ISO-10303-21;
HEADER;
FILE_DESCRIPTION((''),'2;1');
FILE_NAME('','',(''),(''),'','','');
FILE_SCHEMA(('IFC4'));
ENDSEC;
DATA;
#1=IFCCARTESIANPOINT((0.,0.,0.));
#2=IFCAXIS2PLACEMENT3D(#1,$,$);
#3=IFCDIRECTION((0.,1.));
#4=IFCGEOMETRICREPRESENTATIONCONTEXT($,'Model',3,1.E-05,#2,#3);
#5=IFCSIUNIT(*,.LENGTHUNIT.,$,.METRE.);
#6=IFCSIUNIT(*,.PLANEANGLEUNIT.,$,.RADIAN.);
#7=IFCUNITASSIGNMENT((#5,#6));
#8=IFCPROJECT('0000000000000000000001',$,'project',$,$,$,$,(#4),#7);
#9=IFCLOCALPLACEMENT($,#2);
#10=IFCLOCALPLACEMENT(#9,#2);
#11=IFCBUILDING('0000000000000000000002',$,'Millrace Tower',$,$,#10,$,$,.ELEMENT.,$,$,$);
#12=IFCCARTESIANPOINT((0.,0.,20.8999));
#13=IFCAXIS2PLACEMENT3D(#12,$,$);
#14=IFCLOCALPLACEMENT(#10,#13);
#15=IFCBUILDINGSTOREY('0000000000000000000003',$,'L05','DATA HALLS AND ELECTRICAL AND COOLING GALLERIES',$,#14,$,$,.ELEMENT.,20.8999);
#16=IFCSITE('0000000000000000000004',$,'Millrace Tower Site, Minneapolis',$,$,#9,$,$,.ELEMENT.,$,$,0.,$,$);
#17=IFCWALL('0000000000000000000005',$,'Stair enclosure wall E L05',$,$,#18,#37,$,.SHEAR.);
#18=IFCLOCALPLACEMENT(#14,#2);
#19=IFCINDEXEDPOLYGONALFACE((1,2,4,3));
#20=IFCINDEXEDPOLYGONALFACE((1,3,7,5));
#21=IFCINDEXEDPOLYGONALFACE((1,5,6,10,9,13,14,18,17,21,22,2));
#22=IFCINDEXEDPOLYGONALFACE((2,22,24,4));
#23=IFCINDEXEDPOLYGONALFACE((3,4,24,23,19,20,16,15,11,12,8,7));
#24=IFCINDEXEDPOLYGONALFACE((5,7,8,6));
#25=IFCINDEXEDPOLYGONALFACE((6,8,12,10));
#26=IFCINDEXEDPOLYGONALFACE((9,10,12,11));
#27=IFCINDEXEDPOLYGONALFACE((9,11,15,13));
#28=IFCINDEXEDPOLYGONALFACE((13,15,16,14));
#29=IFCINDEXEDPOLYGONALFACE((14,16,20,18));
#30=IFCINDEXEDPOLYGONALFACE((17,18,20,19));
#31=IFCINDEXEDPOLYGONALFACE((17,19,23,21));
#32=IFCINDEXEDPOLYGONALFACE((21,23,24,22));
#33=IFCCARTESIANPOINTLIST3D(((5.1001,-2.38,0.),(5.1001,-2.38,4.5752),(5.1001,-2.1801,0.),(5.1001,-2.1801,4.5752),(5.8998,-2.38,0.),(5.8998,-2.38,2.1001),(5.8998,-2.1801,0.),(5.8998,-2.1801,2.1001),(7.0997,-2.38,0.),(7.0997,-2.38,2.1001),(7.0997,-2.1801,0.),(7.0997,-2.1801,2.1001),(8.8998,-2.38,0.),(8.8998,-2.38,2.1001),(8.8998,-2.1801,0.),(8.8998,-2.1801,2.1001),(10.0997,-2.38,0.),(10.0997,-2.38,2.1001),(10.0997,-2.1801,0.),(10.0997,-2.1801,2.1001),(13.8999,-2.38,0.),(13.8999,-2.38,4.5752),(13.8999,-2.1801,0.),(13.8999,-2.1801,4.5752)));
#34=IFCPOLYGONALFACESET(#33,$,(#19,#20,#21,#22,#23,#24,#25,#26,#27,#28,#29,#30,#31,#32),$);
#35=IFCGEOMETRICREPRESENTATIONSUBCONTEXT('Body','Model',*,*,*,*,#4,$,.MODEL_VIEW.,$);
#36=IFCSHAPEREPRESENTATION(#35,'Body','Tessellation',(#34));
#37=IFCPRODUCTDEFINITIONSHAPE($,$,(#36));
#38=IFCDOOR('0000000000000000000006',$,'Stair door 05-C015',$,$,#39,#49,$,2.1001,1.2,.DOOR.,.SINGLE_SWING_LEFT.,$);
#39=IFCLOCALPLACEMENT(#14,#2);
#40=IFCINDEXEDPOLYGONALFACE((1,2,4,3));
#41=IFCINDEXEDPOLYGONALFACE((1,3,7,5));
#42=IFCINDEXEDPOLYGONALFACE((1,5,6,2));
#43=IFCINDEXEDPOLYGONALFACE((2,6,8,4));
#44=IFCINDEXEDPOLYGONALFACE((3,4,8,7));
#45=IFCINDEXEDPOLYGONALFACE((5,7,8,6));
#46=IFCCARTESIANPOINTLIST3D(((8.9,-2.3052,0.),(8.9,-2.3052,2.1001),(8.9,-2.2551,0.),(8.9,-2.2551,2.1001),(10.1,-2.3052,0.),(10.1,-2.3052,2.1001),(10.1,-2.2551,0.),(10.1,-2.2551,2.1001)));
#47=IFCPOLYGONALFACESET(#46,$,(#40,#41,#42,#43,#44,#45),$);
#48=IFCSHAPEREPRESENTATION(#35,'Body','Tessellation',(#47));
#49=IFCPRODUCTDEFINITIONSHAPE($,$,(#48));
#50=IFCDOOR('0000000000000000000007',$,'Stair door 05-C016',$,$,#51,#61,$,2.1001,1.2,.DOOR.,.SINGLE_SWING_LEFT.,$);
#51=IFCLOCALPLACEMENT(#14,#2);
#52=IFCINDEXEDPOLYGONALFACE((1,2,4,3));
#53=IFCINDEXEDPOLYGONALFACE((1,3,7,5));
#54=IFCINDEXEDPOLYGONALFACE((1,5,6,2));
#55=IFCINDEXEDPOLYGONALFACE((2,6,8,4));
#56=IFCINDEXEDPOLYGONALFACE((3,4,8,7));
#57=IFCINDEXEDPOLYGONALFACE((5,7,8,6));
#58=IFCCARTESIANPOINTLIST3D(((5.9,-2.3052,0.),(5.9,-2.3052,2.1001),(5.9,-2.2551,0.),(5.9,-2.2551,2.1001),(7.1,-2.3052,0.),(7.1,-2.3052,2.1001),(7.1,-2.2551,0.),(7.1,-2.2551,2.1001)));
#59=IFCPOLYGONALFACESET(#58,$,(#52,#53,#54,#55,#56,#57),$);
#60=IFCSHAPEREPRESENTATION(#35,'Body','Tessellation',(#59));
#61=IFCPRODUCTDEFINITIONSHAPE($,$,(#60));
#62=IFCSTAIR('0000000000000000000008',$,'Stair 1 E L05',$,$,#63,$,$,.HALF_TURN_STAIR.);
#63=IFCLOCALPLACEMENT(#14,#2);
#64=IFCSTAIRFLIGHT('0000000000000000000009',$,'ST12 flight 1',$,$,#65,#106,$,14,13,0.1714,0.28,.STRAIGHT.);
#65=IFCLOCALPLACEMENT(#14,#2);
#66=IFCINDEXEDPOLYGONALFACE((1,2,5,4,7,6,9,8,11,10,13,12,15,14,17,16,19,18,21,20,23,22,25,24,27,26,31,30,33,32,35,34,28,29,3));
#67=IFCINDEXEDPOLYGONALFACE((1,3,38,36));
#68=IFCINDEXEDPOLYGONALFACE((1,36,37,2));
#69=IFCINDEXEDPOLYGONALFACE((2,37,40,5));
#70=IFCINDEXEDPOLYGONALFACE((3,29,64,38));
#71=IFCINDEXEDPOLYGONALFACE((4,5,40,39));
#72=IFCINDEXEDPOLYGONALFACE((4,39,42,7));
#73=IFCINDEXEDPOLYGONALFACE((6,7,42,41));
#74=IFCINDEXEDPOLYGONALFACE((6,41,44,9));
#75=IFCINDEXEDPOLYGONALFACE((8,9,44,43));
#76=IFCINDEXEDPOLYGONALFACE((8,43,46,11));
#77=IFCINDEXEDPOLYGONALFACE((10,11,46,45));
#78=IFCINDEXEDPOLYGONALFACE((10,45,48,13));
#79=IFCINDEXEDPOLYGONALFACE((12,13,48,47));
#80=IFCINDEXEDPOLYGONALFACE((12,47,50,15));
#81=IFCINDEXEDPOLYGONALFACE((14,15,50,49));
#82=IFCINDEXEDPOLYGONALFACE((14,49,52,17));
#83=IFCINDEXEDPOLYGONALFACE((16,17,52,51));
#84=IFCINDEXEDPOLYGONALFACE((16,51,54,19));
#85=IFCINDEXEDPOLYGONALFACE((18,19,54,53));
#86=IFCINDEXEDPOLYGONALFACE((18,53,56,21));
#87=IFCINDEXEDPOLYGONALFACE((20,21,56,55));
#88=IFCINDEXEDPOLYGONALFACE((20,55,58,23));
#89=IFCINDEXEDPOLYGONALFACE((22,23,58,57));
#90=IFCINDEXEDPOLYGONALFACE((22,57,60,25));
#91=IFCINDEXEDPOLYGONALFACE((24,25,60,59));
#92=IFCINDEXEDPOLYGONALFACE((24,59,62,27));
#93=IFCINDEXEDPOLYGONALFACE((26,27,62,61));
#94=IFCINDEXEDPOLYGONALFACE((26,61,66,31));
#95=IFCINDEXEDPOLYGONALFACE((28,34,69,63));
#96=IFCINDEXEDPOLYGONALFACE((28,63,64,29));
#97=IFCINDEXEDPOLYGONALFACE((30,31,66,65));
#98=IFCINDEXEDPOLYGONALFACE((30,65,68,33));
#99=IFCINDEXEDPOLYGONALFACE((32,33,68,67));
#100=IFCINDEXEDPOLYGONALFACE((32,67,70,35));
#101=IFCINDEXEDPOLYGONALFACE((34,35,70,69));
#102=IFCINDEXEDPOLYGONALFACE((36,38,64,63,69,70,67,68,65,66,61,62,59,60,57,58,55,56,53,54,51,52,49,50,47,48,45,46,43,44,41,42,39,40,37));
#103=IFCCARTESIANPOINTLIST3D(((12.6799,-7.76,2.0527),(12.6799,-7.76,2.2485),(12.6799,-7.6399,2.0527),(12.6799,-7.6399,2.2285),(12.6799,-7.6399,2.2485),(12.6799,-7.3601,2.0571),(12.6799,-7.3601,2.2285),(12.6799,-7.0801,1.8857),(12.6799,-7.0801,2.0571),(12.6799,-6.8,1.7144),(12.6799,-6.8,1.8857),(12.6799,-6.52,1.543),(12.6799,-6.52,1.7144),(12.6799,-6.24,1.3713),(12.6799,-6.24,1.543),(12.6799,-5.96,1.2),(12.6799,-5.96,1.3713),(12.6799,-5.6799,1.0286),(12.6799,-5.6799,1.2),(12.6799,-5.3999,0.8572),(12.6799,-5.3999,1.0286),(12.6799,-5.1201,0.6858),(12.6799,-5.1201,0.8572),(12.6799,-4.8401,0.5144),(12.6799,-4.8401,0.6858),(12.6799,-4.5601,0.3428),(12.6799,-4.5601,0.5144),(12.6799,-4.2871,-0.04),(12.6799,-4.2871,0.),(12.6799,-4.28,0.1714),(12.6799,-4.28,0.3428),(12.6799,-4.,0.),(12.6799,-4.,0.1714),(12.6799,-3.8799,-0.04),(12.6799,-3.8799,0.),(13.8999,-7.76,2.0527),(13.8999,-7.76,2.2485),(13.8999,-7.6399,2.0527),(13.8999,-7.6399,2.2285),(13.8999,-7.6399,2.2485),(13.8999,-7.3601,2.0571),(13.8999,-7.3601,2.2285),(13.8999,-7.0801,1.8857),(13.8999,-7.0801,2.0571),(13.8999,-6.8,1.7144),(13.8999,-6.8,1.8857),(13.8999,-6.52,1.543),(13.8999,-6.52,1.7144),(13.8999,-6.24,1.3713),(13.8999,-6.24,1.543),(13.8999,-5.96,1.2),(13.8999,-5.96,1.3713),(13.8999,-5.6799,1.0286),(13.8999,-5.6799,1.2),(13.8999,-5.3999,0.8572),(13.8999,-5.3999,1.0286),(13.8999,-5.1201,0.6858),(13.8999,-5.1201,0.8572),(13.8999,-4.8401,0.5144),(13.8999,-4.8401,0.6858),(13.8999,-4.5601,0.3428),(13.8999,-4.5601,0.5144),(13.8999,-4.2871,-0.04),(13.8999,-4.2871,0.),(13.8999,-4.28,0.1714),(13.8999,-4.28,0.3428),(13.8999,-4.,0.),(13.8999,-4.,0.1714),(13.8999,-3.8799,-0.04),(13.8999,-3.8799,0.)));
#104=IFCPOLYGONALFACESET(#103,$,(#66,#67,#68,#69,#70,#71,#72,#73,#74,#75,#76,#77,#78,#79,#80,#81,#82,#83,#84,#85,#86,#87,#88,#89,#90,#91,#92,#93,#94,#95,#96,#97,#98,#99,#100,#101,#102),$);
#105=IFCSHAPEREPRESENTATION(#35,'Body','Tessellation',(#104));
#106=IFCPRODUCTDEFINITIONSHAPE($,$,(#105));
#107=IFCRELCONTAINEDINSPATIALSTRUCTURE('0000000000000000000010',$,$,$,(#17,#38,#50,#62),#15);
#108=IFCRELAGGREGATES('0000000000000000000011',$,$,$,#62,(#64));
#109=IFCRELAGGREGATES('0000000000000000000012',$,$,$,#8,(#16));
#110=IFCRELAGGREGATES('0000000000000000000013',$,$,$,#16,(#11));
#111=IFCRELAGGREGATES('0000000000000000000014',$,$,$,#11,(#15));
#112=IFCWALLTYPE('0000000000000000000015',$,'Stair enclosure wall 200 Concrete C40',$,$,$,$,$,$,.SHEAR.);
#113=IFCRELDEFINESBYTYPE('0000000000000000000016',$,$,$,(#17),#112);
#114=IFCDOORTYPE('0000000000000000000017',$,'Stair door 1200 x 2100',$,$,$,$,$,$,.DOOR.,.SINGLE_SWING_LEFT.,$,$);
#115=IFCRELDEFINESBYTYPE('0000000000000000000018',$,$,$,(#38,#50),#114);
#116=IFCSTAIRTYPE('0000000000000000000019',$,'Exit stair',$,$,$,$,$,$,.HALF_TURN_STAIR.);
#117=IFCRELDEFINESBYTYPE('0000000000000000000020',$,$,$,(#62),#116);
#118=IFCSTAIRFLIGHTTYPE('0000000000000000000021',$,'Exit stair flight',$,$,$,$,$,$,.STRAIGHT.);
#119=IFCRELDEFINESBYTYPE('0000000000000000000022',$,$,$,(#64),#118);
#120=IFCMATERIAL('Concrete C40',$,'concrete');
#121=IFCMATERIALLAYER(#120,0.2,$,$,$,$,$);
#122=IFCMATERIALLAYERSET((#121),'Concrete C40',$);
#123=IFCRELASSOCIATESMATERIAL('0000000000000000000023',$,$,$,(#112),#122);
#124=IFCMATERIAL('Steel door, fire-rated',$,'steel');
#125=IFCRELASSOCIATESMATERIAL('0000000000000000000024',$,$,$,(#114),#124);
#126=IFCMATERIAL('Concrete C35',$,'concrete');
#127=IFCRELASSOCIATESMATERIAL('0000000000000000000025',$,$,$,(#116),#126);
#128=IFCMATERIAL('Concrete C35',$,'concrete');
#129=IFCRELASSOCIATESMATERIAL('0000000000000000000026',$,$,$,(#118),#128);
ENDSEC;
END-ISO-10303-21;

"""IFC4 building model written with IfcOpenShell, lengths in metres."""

from ifc_helpers import new_model, si_unit, direction, frame, frame_2d, origin, place, context, subcontext, project, spatial, polyline, rectangle, outline, extrude, material, layer, layer_set, type_object, element, fill, aggregate, save


model = new_model("IFC4")

# Units and contexts
model_context = context("Model", 3, precision=1e-05, world=origin(), true_north=direction((0.0, 1.0)))
body_context = subcontext(model_context, "Body", "Model", "MODEL_VIEW")
ifc_project = project(units=[si_unit("LENGTHUNIT", "METRE"), si_unit("PLANEANGLEUNIT", "RADIAN")], contexts=[model_context])

# Site, building, storey
site_placement = place(None, origin())
site = spatial("IfcSite", under=ifc_project, at=site_placement, Name="Millrace Tower Site, Minneapolis", CompositionType="ELEMENT", RefElevation=0.0)
building_placement = place(site_placement, origin())
building = spatial("IfcBuilding", under=site, at=building_placement, Name="Millrace Tower", CompositionType="ELEMENT")
storey_placement = place(building_placement, frame((0.0, 0.0, 20.8999)))
storey = spatial("IfcBuildingStorey", under=building, at=storey_placement, Name="L05", Description="DATA HALLS AND ELECTRICAL AND COOLING GALLERIES", CompositionType="ELEMENT", Elevation=20.8999)

# Shared definitions
placement = place(storey_placement, origin())

# Shared definitions
ifc_material_1 = material(Name="Concrete C40", Category="concrete")
ifc_layer_1 = layer(ifc_material_1, 0.2)
ifc_layer_set_1 = layer_set([ifc_layer_1], Name="Concrete C40")
wall_type_1 = type_object("IfcWallType", Name="Stair enclosure wall 200 Concrete C40", PredefinedType="SHEAR", material=ifc_layer_set_1)

# Wall, openings, doors
wall_1_placement = place(storey_placement, frame((13.8999, -2.28, 0.0), z_axis=(0.0, 0.0, 1.0), x_axis=(-1.0, 0.0, 0.0)))
wall_1 = element("IfcWall", 1, at=wall_1_placement, inside=storey, type_object=wall_type_1, Name="Stair enclosure wall E L05", PredefinedType="SHEAR", context=body_context, shape_type="SweptSolid", body=[
    extrude(rectangle(XDim=8.7998, YDim=0.2, at=frame_2d((4.3999, 0.0))), origin(), (0.0, 0.0, 1.0), 4.5752),
])
opening_1_placement = place(wall_1_placement, frame((3.8, 0.0, 0.0)))
opening_1 = element("IfcOpeningElement", 2, at=opening_1_placement, cuts=wall_1, PredefinedType="OPENING", context=body_context, shape_type="SweptSolid", body=[
    extrude(rectangle(XDim=1.2, YDim=2.1001, at=frame_2d((0.6001, 1.05))), frame((0.0, 0.1099, 0.0), z_axis=(0.0, -1.0, 0.0), x_axis=(1.0, 0.0, 0.0)), (0.0, 0.0, 1.0), 0.22),
])
opening_2_placement = place(wall_1_placement, frame((6.8, 0.0, 0.0)))
opening_2 = element("IfcOpeningElement", 3, at=opening_2_placement, cuts=wall_1, PredefinedType="OPENING", context=body_context, shape_type="SweptSolid", body=[
    extrude(rectangle(XDim=1.2, YDim=2.1001, at=frame_2d((0.6001, 1.05))), frame((0.0, 0.1099, 0.0), z_axis=(0.0, -1.0, 0.0), x_axis=(1.0, 0.0, 0.0)), (0.0, 0.0, 1.0), 0.22),
])
ifc_material_2 = material(Name="Steel door, fire-rated", Category="steel")
door_type_1 = type_object("IfcDoorType", Name="Stair door 1200 x 2100", OperationType="SINGLE_SWING_LEFT", PredefinedType="DOOR", material=ifc_material_2)
door_1_placement = place(opening_1_placement, frame((1.2, 0.0, 0.0), z_axis=(0.0, 0.0, 1.0), x_axis=(-1.0, 0.0, 0.0)))
door_1 = element("IfcDoor", 4, at=door_1_placement, inside=storey, type_object=door_type_1, Name="Stair door 05-C015", OperationType="SINGLE_SWING_LEFT", OverallHeight=2.1001, OverallWidth=1.2, PredefinedType="DOOR", context=body_context, shape_type="SweptSolid", body=[
    extrude(rectangle(XDim=1.2, YDim=2.1001, at=frame_2d((0.6001, 1.05))), frame((0.0, 0.0249, 0.0), z_axis=(0.0, -1.0, 0.0), x_axis=(1.0, 0.0, 0.0)), (0.0, 0.0, 1.0), 0.05),
])
fill(opening_1, door_1)
door_2_placement = place(opening_2_placement, frame((1.2, 0.0, 0.0), z_axis=(0.0, 0.0, 1.0), x_axis=(-1.0, 0.0, 0.0)))
door_2 = element("IfcDoor", 5, at=door_2_placement, inside=storey, type_object=door_type_1, Name="Stair door 05-C016", OperationType="SINGLE_SWING_LEFT", OverallHeight=2.1001, OverallWidth=1.2, PredefinedType="DOOR", context=body_context, shape_type="SweptSolid", body=[
    extrude(rectangle(XDim=1.2, YDim=2.1001, at=frame_2d((0.6001, 1.05))), frame((0.0, 0.0249, 0.0), z_axis=(0.0, -1.0, 0.0), x_axis=(1.0, 0.0, 0.0)), (0.0, 0.0, 1.0), 0.05),
])
fill(opening_2, door_2)

# Stair, stair flight
ifc_material_3 = material(Name="Concrete C35", Category="concrete")
stair_type = type_object("IfcStairType", Name="Exit stair", PredefinedType="HALF_TURN_STAIR", material=ifc_material_3)
stair = element("IfcStair", 6, at=placement, inside=storey, type_object=stair_type, Name="Stair 1 E L05", PredefinedType="HALF_TURN_STAIR")
ifc_material_4 = material(Name="Concrete C35", Category="concrete")
stair_flight_type = type_object("IfcStairFlightType", Name="Exit stair flight", PredefinedType="STRAIGHT", material=ifc_material_4)
stair_flight_placement = place(storey_placement, frame((13.29, -4.0, 0.0), z_axis=(0.0, 0.0, 1.0), x_axis=(0.0, -1.0, 0.0)))
stair_flight = element("IfcStairFlight", 7, at=stair_flight_placement, type_object=stair_flight_type, Name="ST12 flight 1", NumberOfRisers=14, NumberOfTreads=13, PredefinedType="STRAIGHT", RiserHeight=0.1714, TreadLength=0.28, context=body_context, shape_type="SweptSolid", body=[
    extrude(outline(polyline([(-0.1201, -0.04), (-0.1201, 0.0), (0.0, 0.0), (0.0, 0.1714), (0.28, 0.1714), (0.28, 0.3428), (0.5601, 0.3428), (0.5601, 0.5144), (0.8401, 0.5144), (0.8401, 0.6858), (1.1201, 0.6858), (1.1201, 0.8572), (1.3999, 0.8572), (1.3999, 1.0286), (1.6799, 1.0286), (1.6799, 1.2), (1.96, 1.2), (1.96, 1.3713), (2.24, 1.3713), (2.24, 1.543), (2.52, 1.543), (2.52, 1.7144), (2.8, 1.7144), (2.8, 1.8857), (3.0801, 1.8857), (3.0801, 2.0571), (3.3601, 2.0571), (3.3601, 2.2285), (3.6399, 2.2285), (3.6399, 2.2485), (3.76, 2.2485), (3.76, 2.0527), (3.6399, 2.0527), (0.2871, 0.0), (0.2871, -0.04), (-0.1201, -0.04)])), frame((0.0, 0.6099, 0.0), z_axis=(0.0, -1.0, 0.0), x_axis=(1.0, 0.0, 0.0)), (0.0, 0.0, 1.0), 1.22),
])
aggregate(stair, [stair_flight])

save(model, "model.ifc")
